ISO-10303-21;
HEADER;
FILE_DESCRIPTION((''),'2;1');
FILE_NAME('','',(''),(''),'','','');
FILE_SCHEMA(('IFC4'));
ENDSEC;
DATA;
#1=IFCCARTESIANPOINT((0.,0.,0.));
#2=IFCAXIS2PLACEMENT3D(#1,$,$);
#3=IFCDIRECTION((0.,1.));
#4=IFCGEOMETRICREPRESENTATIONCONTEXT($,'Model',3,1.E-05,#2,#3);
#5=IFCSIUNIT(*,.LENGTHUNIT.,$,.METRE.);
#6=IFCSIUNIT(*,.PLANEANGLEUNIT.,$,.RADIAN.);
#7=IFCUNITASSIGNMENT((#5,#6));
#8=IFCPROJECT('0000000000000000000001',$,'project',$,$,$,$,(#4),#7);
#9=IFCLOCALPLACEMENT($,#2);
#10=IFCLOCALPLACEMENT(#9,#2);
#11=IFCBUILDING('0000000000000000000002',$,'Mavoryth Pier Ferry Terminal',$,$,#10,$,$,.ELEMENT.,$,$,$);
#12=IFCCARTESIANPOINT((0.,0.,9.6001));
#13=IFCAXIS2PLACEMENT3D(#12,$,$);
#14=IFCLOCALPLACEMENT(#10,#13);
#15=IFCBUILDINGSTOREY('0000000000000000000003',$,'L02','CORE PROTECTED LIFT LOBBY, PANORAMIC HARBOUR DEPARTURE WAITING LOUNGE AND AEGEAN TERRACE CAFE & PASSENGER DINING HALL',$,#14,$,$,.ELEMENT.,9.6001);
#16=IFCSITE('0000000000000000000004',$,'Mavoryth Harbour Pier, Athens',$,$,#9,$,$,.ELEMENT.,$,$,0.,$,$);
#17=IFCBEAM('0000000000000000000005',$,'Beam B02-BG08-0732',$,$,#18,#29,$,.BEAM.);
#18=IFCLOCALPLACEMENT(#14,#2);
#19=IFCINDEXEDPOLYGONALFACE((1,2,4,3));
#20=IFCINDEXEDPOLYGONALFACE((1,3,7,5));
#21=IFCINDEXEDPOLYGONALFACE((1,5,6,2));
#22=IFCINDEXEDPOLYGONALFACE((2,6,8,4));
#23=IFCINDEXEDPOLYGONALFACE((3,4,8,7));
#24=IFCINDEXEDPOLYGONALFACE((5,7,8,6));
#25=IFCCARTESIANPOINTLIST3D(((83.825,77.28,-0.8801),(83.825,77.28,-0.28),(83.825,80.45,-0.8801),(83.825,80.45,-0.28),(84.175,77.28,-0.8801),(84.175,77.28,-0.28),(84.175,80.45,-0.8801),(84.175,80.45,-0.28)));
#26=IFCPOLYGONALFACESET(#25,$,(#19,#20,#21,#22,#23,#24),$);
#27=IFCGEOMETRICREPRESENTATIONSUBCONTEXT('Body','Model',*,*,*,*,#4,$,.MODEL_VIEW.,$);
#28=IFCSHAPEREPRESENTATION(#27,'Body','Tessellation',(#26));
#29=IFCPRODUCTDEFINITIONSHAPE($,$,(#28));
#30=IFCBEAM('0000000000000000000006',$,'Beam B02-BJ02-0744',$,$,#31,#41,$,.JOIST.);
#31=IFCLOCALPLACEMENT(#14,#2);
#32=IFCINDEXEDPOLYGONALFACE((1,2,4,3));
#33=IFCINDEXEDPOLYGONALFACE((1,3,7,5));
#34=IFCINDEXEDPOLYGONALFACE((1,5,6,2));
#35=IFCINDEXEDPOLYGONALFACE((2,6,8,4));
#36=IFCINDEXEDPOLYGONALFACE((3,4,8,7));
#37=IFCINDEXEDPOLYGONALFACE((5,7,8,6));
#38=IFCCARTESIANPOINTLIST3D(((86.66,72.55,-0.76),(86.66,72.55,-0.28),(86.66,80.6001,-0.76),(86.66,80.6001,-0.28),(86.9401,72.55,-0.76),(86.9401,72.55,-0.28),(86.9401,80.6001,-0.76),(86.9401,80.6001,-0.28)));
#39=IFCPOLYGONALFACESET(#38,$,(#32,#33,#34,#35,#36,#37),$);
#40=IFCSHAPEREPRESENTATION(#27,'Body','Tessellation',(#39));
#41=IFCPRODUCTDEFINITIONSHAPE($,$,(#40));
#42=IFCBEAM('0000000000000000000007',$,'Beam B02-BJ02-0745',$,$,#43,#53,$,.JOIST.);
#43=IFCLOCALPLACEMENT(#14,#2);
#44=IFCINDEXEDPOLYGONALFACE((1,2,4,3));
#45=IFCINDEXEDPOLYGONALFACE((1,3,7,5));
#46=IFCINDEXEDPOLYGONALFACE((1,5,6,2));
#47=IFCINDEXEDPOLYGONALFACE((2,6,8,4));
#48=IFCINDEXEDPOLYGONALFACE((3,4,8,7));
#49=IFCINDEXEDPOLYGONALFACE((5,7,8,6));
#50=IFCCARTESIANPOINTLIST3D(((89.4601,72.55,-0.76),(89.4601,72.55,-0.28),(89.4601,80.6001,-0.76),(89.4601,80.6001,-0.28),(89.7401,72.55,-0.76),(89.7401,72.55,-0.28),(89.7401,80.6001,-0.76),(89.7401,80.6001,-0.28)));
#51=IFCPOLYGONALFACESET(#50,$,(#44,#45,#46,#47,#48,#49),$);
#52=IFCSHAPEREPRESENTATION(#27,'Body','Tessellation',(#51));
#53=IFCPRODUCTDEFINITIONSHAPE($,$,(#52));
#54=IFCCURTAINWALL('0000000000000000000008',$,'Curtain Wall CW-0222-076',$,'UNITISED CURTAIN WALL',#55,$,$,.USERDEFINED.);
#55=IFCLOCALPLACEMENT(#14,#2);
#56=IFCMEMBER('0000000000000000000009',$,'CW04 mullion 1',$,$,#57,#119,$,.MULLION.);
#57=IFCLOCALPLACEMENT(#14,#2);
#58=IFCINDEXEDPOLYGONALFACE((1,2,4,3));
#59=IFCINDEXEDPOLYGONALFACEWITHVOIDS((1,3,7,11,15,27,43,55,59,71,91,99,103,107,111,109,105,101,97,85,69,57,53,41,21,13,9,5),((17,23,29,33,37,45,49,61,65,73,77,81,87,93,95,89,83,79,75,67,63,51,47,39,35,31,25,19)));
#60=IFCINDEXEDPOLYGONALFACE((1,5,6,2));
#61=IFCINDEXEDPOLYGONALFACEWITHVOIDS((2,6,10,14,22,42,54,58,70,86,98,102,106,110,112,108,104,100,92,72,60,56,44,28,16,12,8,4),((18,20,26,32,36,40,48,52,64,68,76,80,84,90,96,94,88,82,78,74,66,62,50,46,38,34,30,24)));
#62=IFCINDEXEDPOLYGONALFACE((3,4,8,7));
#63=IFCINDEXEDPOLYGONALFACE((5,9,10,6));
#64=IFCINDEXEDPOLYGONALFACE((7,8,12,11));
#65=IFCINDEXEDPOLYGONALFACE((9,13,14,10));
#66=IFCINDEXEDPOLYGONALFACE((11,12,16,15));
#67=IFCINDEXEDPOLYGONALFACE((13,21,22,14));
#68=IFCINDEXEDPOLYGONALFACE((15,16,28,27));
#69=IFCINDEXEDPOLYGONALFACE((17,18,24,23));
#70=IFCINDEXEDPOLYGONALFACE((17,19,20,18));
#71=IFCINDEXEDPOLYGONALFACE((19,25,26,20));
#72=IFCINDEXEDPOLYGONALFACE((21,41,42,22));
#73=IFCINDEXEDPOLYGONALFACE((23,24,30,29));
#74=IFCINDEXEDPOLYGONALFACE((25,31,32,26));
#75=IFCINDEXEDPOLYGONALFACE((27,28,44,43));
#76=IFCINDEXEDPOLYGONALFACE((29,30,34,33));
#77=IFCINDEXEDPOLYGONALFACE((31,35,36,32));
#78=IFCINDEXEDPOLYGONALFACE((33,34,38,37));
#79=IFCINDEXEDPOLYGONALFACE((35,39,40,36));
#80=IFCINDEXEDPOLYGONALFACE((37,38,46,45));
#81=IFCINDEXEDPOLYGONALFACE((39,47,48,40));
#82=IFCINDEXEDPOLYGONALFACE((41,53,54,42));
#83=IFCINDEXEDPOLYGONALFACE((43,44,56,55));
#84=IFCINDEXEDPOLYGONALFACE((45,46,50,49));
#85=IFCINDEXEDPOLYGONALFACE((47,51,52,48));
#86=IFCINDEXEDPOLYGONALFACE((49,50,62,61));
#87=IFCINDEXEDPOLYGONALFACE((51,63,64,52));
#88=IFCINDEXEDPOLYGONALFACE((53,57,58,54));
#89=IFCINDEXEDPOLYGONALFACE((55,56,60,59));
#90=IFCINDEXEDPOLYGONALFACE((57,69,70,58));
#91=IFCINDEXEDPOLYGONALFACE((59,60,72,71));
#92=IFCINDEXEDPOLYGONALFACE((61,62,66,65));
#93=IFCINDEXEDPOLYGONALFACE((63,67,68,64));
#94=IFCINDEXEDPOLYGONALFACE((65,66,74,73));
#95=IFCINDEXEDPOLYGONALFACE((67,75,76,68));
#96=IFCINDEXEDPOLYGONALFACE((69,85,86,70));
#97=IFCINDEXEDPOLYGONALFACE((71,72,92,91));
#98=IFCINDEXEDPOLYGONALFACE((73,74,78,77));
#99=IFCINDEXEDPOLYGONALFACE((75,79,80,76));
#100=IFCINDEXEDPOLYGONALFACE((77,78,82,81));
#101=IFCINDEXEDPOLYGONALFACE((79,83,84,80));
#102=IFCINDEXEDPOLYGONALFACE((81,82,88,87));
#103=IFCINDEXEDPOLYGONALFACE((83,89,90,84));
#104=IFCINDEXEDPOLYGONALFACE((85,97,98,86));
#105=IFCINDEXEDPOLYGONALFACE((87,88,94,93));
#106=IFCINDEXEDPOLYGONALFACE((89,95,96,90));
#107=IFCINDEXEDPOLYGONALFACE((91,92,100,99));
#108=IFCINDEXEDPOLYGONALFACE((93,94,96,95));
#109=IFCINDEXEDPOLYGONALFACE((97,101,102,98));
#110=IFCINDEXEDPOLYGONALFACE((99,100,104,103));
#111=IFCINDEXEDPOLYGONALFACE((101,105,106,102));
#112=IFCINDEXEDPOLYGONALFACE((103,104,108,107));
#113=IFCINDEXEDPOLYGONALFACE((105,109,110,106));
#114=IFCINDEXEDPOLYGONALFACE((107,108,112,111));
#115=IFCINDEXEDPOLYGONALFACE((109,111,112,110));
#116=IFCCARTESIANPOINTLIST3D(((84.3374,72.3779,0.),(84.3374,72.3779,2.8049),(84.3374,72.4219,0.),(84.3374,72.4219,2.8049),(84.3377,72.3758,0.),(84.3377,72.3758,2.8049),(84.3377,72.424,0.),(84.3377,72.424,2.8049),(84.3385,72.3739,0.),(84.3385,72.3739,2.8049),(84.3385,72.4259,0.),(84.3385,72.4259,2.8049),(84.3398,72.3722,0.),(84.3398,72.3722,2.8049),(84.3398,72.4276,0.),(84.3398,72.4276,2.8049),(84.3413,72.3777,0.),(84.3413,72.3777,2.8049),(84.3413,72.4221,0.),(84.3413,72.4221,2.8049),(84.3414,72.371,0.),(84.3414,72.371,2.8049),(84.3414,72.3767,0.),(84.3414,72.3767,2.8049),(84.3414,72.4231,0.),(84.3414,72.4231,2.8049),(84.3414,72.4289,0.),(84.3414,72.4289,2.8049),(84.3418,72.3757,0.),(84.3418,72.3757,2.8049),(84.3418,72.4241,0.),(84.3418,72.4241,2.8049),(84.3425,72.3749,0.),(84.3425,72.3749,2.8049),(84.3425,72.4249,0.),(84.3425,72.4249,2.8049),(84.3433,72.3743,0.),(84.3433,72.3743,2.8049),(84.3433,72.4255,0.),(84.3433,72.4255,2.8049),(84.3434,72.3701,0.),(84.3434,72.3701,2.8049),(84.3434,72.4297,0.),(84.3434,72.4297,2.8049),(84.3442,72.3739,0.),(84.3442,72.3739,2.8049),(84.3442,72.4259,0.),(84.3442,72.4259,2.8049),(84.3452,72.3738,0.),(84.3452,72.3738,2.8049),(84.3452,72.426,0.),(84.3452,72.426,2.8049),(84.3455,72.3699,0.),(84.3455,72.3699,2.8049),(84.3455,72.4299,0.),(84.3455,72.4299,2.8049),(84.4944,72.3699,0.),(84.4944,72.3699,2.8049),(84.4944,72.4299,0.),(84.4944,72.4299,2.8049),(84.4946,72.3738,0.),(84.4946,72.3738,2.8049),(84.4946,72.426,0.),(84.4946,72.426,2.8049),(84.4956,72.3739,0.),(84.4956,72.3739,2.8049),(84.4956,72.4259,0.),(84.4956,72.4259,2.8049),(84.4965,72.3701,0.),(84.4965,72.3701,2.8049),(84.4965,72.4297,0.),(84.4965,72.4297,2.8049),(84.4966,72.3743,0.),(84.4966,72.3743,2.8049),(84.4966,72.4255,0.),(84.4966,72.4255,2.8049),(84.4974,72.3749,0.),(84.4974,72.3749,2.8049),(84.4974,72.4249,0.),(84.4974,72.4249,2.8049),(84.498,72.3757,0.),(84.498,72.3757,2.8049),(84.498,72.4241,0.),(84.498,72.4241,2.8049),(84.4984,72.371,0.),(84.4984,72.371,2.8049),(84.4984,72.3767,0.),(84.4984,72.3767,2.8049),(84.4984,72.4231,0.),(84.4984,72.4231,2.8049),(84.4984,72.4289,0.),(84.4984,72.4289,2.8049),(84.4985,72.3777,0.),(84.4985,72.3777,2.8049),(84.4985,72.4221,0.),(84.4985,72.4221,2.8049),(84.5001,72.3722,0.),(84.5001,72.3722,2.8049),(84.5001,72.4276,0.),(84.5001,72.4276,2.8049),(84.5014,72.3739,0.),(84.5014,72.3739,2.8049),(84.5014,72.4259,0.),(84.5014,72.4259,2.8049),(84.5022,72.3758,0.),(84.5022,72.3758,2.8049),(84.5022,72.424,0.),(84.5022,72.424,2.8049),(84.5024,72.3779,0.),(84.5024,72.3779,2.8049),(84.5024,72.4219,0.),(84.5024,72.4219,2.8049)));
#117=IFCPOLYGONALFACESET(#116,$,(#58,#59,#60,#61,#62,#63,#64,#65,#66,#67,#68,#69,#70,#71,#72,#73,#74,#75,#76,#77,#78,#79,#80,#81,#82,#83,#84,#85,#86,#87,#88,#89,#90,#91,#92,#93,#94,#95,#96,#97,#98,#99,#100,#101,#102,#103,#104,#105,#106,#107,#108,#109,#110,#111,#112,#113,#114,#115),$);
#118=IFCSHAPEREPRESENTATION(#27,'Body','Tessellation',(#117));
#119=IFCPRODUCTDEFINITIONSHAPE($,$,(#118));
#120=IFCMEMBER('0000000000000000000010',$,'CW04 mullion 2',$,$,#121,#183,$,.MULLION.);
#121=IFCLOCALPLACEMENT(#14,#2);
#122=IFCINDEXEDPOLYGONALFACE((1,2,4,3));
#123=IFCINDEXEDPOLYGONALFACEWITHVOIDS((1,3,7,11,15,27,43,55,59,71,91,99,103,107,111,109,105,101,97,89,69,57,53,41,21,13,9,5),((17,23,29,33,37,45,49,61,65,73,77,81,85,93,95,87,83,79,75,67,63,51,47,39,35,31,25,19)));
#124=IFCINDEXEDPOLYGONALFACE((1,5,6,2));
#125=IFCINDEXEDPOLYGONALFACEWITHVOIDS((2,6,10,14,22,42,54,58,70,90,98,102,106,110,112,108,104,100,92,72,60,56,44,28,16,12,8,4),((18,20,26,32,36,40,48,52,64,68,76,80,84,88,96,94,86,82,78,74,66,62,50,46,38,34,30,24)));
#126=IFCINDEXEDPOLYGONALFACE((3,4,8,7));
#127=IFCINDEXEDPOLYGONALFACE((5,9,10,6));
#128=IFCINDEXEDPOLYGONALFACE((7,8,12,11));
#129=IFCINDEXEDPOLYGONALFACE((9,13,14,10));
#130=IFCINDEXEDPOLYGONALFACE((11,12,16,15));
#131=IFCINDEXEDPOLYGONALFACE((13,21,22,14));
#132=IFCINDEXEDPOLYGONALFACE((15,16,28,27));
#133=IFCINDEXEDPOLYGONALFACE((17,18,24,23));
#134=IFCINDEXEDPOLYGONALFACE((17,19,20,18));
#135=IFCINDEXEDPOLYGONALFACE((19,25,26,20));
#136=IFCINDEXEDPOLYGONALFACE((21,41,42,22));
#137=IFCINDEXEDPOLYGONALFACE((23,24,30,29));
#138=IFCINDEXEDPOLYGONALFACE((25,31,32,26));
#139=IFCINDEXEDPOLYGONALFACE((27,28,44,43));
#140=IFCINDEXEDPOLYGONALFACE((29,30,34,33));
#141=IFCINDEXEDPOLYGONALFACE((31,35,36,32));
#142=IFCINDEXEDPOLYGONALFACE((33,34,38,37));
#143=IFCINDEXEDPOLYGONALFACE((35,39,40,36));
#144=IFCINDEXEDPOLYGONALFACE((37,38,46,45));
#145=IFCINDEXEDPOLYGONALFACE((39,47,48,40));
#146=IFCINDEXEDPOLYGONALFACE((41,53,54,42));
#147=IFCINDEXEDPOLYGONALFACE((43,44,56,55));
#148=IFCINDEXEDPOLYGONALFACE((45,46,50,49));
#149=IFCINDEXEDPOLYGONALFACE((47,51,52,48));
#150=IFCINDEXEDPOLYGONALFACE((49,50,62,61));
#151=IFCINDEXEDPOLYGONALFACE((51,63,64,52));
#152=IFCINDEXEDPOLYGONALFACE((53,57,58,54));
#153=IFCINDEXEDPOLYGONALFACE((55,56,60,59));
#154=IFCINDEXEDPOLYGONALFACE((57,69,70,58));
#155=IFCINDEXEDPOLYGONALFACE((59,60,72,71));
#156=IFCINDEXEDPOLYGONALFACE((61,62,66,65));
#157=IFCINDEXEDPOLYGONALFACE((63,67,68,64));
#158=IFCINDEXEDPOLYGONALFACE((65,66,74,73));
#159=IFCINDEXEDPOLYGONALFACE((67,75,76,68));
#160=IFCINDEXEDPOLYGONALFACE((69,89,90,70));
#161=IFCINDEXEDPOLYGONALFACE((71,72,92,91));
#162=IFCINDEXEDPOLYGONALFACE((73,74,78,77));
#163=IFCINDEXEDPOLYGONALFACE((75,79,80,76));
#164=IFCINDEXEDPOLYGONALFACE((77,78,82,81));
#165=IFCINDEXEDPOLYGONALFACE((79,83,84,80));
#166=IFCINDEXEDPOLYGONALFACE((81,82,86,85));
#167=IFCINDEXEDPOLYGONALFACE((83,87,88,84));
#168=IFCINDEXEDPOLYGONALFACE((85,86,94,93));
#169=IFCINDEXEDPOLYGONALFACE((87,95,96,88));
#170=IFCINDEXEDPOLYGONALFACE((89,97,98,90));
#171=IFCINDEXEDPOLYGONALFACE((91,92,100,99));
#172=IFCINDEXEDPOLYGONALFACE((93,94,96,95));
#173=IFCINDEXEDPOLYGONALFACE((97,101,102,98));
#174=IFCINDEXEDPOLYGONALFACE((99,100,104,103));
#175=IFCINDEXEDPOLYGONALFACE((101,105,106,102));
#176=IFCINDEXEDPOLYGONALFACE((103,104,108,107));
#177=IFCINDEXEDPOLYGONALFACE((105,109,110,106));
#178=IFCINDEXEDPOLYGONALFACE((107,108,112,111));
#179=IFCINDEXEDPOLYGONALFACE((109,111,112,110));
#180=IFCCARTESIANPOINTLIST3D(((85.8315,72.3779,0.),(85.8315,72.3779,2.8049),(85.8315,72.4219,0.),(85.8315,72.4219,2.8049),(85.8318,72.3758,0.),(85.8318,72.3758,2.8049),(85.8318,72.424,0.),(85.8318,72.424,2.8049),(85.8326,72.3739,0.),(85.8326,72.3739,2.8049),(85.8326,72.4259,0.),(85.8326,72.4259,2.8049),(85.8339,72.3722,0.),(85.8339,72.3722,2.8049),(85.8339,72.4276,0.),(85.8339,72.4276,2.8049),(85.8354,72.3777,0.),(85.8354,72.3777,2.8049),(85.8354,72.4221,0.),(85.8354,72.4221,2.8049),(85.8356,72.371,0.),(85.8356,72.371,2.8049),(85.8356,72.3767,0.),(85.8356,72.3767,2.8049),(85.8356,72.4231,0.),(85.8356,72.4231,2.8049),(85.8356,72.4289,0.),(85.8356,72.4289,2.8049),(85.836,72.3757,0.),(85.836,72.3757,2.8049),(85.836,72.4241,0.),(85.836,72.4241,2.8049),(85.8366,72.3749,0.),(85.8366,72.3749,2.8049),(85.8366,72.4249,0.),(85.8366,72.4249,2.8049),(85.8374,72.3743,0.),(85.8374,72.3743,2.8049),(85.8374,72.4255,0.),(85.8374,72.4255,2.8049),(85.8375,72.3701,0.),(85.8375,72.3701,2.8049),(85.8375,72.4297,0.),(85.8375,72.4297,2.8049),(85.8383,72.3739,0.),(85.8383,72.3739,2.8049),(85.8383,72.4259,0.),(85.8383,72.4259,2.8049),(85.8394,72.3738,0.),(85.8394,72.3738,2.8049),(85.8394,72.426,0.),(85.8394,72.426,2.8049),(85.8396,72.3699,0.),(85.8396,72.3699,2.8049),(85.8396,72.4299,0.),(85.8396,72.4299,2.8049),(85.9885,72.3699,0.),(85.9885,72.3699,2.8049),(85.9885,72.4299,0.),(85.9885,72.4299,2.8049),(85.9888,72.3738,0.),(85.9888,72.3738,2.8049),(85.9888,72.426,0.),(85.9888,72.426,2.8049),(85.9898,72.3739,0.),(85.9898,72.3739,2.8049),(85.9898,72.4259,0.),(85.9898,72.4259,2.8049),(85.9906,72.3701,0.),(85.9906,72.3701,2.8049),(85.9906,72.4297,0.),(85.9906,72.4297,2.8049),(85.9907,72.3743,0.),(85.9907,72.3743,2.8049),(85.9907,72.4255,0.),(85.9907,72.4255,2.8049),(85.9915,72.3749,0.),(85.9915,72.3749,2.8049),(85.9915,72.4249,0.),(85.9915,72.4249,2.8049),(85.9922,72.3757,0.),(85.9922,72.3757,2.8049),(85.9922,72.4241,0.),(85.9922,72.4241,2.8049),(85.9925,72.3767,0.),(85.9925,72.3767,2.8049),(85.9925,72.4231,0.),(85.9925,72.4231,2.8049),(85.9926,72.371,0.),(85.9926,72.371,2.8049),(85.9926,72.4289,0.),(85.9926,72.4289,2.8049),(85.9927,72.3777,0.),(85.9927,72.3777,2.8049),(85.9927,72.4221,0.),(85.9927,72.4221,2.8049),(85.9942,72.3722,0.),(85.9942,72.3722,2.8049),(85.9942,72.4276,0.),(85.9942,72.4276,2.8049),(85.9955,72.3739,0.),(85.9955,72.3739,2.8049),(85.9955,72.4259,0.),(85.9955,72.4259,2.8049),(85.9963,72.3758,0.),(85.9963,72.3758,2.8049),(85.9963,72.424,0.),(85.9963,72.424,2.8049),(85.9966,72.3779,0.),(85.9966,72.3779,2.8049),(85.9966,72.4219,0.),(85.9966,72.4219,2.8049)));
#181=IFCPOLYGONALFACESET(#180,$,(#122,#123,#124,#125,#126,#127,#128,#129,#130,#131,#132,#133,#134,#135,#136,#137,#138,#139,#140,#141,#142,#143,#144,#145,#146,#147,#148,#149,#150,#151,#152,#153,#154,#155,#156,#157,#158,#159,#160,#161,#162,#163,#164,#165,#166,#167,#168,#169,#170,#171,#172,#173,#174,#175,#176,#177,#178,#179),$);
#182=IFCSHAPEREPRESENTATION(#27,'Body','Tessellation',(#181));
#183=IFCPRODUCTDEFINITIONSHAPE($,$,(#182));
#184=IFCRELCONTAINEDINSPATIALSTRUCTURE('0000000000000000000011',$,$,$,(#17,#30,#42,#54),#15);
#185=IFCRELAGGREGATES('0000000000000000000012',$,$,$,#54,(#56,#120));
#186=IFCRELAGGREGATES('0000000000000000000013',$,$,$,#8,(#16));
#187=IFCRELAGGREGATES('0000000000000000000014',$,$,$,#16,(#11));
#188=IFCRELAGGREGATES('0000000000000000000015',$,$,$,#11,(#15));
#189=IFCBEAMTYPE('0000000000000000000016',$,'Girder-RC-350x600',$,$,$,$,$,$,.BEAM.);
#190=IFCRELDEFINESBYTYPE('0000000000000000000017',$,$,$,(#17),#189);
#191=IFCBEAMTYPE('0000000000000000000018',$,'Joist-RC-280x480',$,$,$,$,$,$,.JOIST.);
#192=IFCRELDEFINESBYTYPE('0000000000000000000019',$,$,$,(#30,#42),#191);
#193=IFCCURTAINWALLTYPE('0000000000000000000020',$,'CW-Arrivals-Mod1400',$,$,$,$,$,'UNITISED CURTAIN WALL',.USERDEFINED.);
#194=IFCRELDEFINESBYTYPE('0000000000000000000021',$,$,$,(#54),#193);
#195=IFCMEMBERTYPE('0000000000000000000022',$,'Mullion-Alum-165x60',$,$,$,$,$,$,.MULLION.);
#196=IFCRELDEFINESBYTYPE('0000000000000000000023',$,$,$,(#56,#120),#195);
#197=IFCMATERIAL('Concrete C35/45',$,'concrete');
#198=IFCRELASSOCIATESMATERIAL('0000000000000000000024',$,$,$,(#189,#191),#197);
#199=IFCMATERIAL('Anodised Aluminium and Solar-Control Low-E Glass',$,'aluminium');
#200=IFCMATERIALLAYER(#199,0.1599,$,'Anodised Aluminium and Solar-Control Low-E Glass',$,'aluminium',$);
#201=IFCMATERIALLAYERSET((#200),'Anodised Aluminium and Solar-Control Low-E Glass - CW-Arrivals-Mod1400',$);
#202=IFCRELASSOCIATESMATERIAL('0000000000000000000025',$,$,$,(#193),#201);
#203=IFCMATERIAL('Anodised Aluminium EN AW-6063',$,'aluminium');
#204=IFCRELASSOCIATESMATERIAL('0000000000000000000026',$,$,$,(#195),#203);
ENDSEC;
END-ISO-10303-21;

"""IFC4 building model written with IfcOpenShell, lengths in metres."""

from ifc_helpers import new_model, si_unit, direction, frame, origin, origin_2d, place, context, subcontext, project, spatial, rectangle, hollow_rectangle, extrude, material, layer, layer_set, material_profile, profile_set, type_object, element, aggregate, save


model = new_model("IFC4")

# Units and contexts
model_context = context("Model", 3, precision=1e-05, world=origin(), true_north=direction((0.0, 1.0)))
body_context = subcontext(model_context, "Body", "Model", "MODEL_VIEW")
ifc_project = project(units=[si_unit("LENGTHUNIT", "METRE"), si_unit("PLANEANGLEUNIT", "RADIAN")], contexts=[model_context])

# Site, building, storey
site_placement = place(None, origin())
site = spatial("IfcSite", under=ifc_project, at=site_placement, Name="Mavoryth Harbour Pier, Athens", CompositionType="ELEMENT", RefElevation=0.0)
building_placement = place(site_placement, origin())
building = spatial("IfcBuilding", under=site, at=building_placement, Name="Mavoryth Pier Ferry Terminal", CompositionType="ELEMENT")
storey_placement = place(building_placement, frame((0.0, 0.0, 9.6001)))
storey = spatial("IfcBuildingStorey", under=building, at=storey_placement, Name="L02", Description="CORE PROTECTED LIFT LOBBY, PANORAMIC HARBOUR DEPARTURE WAITING LOUNGE AND AEGEAN TERRACE CAFE & PASSENGER DINING HALL", CompositionType="ELEMENT", Elevation=9.6001)

# Beams
ifc_material_1 = material(Name="Concrete C35/45", Category="concrete")
ifc_material_profile_1 = material_profile(ifc_material_1, rectangle(XDim=0.3501, YDim=0.6001, at=origin_2d()), Name="RC 350x600", Category="concrete")
ifc_profile_set_1 = profile_set([ifc_material_profile_1], Name="Concrete C35/45 - RC 350x600")
beam_type_1 = type_object("IfcBeamType", Name="Girder-RC-350x600", PredefinedType="BEAM", material=ifc_profile_set_1)
beam_1_placement = place(storey_placement, frame((84.0, 77.28, -0.5801), z_axis=(0.0, 1.0, 0.0), x_axis=(-1.0, 0.0, 0.0)))
element("IfcBeam", 1, at=beam_1_placement, inside=storey, type_object=beam_type_1, Name="Beam B02-BG08-0732", PredefinedType="BEAM", context=body_context, shape_type="SweptSolid", body=[
    extrude(rectangle(XDim=0.3501, YDim=0.6001, at=origin_2d()), origin(), (0.0, 0.0, 1.0), 3.1699),
])
ifc_material_profile_2 = material_profile(ifc_material_1, rectangle(XDim=0.28, YDim=0.48, at=origin_2d()), Name="RC 280x480", Category="concrete")
ifc_profile_set_2 = profile_set([ifc_material_profile_2], Name="Concrete C35/45 - RC 280x480")
beam_type_2 = type_object("IfcBeamType", Name="Joist-RC-280x480", PredefinedType="JOIST", material=ifc_profile_set_2)
for number, where, z_axis, x_axis, name in (
    (2, (86.8, 72.55, -0.52), (0.0, 1.0, 0.0), (-1.0, 0.0, 0.0), "Beam B02-BJ02-0744"),
    (3, (89.6001, 72.55, -0.52), (0.0, 1.0, 0.0), (-1.0, 0.0, 0.0), "Beam B02-BJ02-0745"),
):
    element("IfcBeam", number, at=place(storey_placement, frame(where, z_axis=z_axis, x_axis=x_axis)), inside=storey, type_object=beam_type_2, Name=name, PredefinedType="JOIST", context=body_context, shape_type="SweptSolid", body=[
        extrude(rectangle(XDim=0.28, YDim=0.48, at=origin_2d()), origin(), (0.0, 0.0, 1.0), 8.05),
    ])

# Curtain wall, members
ifc_material_2 = material(Name="Anodised Aluminium and Solar-Control Low-E Glass", Category="aluminium")
ifc_layer_1 = layer(ifc_material_2, 0.1599, Name="Anodised Aluminium and Solar-Control Low-E Glass", Category="aluminium")
ifc_layer_set_1 = layer_set([ifc_layer_1], Name="Anodised Aluminium and Solar-Control Low-E Glass - CW-Arrivals-Mod1400")
curtain_wall_type = type_object("IfcCurtainWallType", Name="CW-Arrivals-Mod1400", ElementType="UNITISED CURTAIN WALL", PredefinedType="USERDEFINED", material=ifc_layer_set_1)
curtain_wall_placement = place(storey_placement, origin())
curtain_wall = element("IfcCurtainWall", 4, at=curtain_wall_placement, inside=storey, type_object=curtain_wall_type, Name="Curtain Wall CW-0222-076", ObjectType="UNITISED CURTAIN WALL", PredefinedType="USERDEFINED")
ifc_material_3 = material(Name="Anodised Aluminium EN AW-6063", Category="aluminium")
ifc_material_profile_3 = material_profile(ifc_material_3, hollow_rectangle(XDim=0.0601, YDim=0.165, WallThickness=0.0039, InnerFilletRadius=0.0039, OuterFilletRadius=0.0081, at=origin_2d()), Name="AL-MULL 165x60x4", Category="aluminium")
ifc_profile_set_3 = profile_set([ifc_material_profile_3], Name="Anodised Aluminium EN AW-6063 - AL-MULL 165x60x4")
member_type_1 = type_object("IfcMemberType", Name="Mullion-Alum-165x60", PredefinedType="MULLION", material=ifc_profile_set_3)
member_1_placement = place(storey_placement, frame((84.4199, 72.3999, 0.0), z_axis=(0.0, 0.0, 1.0), x_axis=(0.0, 1.0, 0.0)))
member_1 = element("IfcMember", 5, at=member_1_placement, type_object=member_type_1, Name="CW04 mullion 1", PredefinedType="MULLION", context=body_context, shape_type="SweptSolid", body=[
    extrude(hollow_rectangle(XDim=0.0601, YDim=0.165, WallThickness=0.0039, InnerFilletRadius=0.0039, OuterFilletRadius=0.0081, at=origin_2d()), origin(), (0.0, 0.0, 1.0), 2.8049),
])
member_2_placement = place(storey_placement, frame((85.9141, 72.3999, 0.0), z_axis=(0.0, 0.0, 1.0), x_axis=(0.0, 1.0, 0.0)))
member_2 = element("IfcMember", 6, at=member_2_placement, type_object=member_type_1, Name="CW04 mullion 2", PredefinedType="MULLION", context=body_context, shape_type="SweptSolid", body=[
    extrude(hollow_rectangle(XDim=0.0601, YDim=0.165, WallThickness=0.0039, InnerFilletRadius=0.0039, OuterFilletRadius=0.0081, at=origin_2d()), origin(), (0.0, 0.0, 1.0), 2.8049),
])

aggregate(curtain_wall, [member_1, member_2])

save(model, "model.ifc")
